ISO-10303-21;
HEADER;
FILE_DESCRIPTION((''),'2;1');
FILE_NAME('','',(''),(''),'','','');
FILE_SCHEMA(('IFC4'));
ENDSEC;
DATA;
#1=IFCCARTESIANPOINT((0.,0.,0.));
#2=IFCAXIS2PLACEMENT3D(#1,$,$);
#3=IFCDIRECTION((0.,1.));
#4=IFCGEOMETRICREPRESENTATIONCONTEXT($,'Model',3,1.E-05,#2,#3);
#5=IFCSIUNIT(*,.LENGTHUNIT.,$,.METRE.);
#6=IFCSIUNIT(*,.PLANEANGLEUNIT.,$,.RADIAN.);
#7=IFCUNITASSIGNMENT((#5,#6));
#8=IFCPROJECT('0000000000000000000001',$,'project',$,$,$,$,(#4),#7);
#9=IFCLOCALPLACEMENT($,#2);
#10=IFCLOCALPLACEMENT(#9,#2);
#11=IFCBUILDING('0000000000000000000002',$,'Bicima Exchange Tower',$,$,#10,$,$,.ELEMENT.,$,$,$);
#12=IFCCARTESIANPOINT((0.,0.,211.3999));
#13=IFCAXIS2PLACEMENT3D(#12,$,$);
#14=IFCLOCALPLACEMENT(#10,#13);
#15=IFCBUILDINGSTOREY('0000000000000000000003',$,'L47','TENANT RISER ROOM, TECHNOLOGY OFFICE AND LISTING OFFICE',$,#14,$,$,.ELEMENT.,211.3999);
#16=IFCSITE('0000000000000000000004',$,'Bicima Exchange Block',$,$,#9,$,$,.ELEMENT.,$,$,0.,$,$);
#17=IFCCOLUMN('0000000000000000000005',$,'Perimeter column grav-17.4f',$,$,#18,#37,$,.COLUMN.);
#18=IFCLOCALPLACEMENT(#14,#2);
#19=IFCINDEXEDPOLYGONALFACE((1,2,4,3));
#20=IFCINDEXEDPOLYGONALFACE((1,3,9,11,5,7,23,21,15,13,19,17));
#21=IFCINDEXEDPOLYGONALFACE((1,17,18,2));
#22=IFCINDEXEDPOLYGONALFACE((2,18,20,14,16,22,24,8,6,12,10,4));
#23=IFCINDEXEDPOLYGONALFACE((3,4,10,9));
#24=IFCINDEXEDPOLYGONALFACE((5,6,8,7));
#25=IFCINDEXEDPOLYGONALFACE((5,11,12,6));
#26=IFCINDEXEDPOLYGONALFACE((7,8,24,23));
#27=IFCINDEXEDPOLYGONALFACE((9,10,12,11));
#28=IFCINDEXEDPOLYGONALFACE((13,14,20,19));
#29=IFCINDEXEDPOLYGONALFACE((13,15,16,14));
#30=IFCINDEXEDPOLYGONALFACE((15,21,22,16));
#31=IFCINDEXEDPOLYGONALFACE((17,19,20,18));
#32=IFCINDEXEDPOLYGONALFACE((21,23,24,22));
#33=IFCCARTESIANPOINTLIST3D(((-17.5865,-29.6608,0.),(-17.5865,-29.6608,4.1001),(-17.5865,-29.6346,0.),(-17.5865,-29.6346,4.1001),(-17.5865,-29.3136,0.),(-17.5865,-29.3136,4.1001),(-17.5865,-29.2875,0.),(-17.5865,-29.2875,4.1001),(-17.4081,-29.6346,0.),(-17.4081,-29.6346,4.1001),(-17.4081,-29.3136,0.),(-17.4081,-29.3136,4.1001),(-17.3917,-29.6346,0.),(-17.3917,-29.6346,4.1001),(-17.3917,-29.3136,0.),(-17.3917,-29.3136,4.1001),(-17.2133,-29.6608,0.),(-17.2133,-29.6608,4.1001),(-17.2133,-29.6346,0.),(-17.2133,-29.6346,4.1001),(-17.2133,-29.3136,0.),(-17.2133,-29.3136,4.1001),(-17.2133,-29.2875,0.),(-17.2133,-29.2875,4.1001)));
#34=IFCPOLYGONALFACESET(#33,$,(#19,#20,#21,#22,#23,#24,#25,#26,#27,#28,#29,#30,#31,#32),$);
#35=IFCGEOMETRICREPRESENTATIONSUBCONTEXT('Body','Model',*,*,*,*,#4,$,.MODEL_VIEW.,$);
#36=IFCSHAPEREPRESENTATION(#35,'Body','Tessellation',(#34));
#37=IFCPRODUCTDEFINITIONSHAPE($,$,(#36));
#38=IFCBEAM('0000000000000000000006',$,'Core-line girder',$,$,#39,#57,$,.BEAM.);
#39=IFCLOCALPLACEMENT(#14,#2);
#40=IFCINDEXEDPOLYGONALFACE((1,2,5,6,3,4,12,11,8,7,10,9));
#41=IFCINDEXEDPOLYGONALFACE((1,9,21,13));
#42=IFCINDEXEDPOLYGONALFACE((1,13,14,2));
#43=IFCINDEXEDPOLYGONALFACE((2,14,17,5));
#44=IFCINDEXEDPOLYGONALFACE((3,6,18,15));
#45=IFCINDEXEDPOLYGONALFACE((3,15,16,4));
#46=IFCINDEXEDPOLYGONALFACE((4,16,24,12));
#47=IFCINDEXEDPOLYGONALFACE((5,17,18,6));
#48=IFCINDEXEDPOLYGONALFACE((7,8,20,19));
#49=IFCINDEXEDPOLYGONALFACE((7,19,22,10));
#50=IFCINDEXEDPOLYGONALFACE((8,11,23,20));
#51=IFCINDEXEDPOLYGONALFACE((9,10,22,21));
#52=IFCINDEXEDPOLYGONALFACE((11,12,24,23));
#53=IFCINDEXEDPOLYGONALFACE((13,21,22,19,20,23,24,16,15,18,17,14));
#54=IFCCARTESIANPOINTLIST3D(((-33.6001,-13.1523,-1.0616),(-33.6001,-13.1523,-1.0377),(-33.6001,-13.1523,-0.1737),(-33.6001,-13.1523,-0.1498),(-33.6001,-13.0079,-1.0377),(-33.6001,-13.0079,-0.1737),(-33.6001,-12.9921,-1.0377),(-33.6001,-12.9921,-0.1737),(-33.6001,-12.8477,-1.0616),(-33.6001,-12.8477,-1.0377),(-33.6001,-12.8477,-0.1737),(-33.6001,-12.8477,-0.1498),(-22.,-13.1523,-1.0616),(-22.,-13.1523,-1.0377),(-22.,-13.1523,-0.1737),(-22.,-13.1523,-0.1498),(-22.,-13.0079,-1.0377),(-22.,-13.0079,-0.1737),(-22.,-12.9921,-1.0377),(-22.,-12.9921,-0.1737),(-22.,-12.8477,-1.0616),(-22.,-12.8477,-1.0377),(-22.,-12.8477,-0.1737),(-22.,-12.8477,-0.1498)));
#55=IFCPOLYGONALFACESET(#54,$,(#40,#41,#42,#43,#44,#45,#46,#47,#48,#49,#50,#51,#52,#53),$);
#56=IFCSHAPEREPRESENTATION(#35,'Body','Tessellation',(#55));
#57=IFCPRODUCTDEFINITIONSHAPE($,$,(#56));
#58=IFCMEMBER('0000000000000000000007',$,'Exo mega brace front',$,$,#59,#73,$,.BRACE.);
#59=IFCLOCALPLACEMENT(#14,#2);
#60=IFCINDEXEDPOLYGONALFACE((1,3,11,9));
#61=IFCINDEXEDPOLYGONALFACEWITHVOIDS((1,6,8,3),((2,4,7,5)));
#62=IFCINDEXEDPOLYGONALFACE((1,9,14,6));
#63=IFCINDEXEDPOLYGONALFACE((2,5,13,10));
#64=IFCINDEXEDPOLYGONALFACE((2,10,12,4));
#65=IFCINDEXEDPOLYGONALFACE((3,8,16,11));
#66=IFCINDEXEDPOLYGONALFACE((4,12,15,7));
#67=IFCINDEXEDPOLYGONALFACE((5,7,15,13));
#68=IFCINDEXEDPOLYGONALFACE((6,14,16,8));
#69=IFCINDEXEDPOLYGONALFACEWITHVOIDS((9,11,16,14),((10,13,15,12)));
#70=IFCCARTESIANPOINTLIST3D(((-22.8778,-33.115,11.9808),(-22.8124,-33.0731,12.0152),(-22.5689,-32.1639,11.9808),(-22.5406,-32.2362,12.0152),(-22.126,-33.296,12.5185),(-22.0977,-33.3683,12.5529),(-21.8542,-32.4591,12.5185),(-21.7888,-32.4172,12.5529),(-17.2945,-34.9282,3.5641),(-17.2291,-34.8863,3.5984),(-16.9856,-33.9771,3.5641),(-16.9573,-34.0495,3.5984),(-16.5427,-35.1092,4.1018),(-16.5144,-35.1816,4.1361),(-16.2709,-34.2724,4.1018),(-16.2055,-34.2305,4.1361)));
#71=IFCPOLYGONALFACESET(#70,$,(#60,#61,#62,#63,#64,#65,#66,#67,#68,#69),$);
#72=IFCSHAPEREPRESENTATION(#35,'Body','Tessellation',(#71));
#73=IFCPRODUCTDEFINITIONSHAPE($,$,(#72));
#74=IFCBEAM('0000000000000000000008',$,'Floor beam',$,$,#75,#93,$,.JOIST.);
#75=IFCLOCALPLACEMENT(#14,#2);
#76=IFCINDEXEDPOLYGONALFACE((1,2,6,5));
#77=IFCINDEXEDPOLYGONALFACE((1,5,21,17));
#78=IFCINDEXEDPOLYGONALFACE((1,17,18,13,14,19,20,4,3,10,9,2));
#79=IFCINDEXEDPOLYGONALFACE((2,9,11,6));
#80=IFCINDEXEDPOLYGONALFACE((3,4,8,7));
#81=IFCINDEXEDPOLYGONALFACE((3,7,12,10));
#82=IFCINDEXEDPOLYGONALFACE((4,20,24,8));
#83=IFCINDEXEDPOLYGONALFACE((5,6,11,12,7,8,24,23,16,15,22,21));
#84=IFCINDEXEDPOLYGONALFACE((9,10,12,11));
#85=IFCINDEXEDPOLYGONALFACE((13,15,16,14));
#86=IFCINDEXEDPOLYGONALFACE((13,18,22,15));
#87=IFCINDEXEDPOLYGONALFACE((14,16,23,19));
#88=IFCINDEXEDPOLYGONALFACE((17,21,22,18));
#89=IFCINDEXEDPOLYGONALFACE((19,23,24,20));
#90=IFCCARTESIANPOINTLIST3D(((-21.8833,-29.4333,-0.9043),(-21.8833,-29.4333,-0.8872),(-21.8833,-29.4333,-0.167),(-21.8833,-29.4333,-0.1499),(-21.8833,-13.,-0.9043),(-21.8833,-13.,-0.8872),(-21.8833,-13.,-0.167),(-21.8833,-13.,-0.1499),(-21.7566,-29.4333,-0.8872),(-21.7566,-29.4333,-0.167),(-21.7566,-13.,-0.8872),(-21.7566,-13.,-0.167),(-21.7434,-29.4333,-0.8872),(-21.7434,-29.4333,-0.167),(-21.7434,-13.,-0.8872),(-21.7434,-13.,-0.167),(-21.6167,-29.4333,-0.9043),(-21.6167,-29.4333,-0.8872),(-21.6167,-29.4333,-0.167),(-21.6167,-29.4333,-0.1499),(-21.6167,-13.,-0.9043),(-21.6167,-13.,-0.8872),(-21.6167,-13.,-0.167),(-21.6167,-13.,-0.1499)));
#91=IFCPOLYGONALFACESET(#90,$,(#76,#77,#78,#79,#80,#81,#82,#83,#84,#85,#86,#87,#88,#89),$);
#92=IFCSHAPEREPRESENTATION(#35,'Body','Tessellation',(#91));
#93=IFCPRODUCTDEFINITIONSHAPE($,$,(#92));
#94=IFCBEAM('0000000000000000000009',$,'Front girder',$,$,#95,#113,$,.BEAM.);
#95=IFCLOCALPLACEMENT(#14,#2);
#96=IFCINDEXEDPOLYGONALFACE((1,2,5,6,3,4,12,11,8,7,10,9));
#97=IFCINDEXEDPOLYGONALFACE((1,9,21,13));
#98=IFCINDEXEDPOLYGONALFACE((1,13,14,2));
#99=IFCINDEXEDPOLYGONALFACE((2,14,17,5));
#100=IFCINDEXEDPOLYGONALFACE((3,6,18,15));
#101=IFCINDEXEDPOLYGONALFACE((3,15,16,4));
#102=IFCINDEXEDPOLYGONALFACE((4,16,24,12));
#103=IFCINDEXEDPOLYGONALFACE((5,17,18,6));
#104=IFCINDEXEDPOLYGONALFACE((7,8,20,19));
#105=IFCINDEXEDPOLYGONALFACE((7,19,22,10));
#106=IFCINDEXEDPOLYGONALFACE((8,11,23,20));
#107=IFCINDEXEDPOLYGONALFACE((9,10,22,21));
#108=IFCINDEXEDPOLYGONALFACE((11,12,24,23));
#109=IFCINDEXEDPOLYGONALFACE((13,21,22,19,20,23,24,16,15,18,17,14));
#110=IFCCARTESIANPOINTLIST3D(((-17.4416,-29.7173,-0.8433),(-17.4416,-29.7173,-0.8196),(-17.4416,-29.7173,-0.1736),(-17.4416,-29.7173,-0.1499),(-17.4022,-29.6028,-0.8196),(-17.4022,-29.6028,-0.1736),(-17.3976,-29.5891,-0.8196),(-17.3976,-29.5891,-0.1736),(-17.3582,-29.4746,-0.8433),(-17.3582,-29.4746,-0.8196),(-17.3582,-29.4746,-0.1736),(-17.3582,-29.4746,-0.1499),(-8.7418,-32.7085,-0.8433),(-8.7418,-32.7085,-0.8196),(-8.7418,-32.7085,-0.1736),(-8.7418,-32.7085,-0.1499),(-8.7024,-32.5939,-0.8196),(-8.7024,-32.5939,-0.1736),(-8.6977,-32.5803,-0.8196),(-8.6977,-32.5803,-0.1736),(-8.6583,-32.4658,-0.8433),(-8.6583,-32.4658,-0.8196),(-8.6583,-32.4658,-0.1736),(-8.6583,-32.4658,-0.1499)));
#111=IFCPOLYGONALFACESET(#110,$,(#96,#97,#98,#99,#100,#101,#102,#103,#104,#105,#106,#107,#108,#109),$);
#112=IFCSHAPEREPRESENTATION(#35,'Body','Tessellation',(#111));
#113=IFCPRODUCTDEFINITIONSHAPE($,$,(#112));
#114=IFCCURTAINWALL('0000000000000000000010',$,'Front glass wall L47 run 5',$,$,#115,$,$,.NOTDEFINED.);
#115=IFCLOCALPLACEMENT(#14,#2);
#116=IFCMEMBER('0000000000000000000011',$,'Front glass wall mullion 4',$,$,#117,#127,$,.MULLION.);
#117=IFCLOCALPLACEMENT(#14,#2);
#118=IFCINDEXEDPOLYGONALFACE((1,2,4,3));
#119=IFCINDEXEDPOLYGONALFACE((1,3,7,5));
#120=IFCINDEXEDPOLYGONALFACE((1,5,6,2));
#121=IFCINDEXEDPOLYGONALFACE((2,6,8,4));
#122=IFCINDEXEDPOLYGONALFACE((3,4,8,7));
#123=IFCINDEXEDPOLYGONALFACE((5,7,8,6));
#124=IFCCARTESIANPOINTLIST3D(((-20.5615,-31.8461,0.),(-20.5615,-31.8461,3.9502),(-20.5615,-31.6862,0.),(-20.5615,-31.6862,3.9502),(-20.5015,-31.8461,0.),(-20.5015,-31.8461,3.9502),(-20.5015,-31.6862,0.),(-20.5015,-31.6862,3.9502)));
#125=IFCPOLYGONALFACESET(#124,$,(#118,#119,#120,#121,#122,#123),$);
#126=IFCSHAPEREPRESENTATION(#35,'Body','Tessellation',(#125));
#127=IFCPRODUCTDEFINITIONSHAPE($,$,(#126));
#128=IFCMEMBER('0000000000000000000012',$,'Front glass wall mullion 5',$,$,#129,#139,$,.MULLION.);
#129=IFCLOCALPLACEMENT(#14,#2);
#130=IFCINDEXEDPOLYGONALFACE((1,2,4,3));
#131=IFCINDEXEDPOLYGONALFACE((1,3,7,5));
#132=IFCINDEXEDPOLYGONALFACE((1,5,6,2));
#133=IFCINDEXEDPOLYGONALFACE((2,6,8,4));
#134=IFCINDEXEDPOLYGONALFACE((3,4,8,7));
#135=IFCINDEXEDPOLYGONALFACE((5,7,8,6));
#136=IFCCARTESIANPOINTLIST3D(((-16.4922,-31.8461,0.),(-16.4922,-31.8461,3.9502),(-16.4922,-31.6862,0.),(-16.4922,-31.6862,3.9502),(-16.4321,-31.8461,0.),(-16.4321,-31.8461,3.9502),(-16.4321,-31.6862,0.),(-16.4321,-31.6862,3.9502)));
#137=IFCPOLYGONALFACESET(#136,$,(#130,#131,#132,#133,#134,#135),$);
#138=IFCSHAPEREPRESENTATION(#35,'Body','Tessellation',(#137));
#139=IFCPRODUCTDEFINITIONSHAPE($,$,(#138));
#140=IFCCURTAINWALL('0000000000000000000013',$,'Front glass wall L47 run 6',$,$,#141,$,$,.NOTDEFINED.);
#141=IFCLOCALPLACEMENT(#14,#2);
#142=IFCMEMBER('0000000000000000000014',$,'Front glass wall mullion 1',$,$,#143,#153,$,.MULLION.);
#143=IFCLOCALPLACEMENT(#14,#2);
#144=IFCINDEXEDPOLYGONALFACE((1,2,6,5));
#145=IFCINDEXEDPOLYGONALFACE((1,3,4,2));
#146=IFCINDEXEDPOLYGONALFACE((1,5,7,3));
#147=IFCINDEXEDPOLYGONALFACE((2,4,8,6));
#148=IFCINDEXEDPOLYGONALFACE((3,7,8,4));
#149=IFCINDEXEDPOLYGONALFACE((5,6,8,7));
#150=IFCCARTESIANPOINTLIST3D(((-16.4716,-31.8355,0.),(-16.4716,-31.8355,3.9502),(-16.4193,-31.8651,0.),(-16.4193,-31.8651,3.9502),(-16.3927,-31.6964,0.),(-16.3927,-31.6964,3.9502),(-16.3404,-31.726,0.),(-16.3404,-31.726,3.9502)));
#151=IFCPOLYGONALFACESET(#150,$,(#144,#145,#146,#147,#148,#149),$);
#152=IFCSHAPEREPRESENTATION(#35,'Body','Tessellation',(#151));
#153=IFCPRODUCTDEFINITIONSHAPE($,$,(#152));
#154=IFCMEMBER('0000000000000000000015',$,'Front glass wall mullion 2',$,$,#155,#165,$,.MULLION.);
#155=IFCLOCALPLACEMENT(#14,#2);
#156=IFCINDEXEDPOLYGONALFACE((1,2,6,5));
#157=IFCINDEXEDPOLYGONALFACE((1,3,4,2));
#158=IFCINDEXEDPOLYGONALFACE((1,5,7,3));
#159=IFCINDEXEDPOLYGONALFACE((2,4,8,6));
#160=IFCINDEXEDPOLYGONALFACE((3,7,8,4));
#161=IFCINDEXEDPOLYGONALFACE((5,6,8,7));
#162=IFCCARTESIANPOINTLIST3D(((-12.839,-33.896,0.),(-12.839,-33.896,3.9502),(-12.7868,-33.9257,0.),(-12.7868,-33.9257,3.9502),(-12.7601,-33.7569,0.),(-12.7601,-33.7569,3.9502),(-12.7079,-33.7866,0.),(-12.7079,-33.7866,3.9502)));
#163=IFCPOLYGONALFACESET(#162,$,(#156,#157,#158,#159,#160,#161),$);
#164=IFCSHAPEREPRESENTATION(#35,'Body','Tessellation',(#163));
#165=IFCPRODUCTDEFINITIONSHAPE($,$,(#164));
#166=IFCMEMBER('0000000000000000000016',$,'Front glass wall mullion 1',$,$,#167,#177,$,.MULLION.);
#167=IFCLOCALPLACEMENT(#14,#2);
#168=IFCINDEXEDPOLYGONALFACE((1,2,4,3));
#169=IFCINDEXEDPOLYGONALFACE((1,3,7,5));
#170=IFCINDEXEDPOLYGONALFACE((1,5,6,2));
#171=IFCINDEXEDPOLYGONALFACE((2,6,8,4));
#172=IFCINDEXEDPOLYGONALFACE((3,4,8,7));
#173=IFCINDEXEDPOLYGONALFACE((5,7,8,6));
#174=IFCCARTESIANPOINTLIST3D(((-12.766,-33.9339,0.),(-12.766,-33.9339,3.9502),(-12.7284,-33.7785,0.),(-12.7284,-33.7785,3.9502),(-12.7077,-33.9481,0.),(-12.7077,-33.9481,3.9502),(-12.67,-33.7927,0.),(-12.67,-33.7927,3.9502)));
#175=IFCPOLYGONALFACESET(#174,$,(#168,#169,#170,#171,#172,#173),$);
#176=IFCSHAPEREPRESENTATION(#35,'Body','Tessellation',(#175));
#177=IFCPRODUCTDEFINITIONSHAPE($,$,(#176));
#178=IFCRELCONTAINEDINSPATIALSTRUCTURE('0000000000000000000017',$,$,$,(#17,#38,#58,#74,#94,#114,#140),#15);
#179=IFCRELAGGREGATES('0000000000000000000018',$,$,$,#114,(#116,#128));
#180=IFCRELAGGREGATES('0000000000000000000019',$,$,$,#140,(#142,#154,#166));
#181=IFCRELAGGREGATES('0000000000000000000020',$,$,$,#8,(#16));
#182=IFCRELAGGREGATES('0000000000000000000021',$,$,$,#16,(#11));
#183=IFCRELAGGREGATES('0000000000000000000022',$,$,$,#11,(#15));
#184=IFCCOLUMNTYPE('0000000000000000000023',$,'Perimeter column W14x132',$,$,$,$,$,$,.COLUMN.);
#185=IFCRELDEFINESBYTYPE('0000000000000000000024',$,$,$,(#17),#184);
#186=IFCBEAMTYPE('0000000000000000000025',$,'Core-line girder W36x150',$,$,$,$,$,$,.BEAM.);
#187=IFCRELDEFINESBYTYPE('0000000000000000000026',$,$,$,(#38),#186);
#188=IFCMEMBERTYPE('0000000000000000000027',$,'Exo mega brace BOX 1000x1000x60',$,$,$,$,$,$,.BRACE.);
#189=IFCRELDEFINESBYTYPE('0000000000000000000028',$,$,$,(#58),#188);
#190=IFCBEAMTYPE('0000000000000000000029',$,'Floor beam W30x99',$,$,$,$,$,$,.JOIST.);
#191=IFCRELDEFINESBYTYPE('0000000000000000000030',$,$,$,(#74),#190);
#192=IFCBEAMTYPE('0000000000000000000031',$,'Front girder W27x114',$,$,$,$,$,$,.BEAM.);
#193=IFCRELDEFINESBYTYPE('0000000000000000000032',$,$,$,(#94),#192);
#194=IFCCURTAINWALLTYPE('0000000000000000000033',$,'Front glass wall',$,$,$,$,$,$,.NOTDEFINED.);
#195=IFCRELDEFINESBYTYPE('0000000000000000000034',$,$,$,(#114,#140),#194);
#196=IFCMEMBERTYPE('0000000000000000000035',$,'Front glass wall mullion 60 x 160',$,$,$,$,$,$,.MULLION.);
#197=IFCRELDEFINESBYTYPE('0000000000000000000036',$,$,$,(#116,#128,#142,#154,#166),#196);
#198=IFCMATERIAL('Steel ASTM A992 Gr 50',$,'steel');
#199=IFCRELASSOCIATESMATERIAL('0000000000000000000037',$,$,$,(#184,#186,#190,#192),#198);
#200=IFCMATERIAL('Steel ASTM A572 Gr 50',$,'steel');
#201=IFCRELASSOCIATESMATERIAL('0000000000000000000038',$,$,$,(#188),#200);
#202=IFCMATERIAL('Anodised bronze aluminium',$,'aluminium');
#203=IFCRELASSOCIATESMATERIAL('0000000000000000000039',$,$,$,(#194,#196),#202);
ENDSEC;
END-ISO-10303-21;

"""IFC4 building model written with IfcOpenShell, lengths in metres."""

from ifc_helpers import new_model, si_unit, direction, frame, origin, origin_2d, place, context, subcontext, project, spatial, rectangle, hollow_rectangle, i_section, extrude, material, material_profile, profile_set, type_object, element, aggregate, save


model = new_model("IFC4")

# Units and contexts
model_context = context("Model", 3, precision=1e-05, world=origin(), true_north=direction((0.0, 1.0)))
body_context = subcontext(model_context, "Body", "Model", "MODEL_VIEW")
ifc_project = project(units=[si_unit("LENGTHUNIT", "METRE"), si_unit("PLANEANGLEUNIT", "RADIAN")], contexts=[model_context])

# Site, building, storey
site_placement = place(None, origin())
site = spatial("IfcSite", under=ifc_project, at=site_placement, Name="Bicima Exchange Block", CompositionType="ELEMENT", RefElevation=0.0)
building_placement = place(site_placement, origin())
building = spatial("IfcBuilding", under=site, at=building_placement, Name="Bicima Exchange Tower", CompositionType="ELEMENT")
storey_placement = place(building_placement, frame((0.0, 0.0, 211.3999)))
storey = spatial("IfcBuildingStorey", under=building, at=storey_placement, Name="L47", Description="TENANT RISER ROOM, TECHNOLOGY OFFICE AND LISTING OFFICE", CompositionType="ELEMENT", Elevation=211.3999)

# Column
ifc_material_1 = material(Name="Steel ASTM A992 Gr 50", Category="steel")
ifc_material_profile_1 = material_profile(ifc_material_1, i_section(OverallWidth=0.3733, OverallDepth=0.3733, WebThickness=0.0164, FlangeThickness=0.0261, at=origin_2d()))
ifc_profile_set_1 = profile_set([ifc_material_profile_1], Name="Steel ASTM A992 Gr 50")
column_type = type_object("IfcColumnType", Name="Perimeter column W14x132", PredefinedType="COLUMN", material=ifc_profile_set_1)
column_placement = place(storey_placement, frame((-17.3999, -29.4741, 0.0), z_axis=(0.0, 0.0, 1.0), x_axis=(1.0, 0.0, 0.0)))
element("IfcColumn", 1, at=column_placement, inside=storey, type_object=column_type, Name="Perimeter column grav-17.4f", PredefinedType="COLUMN", context=body_context, shape_type="SweptSolid", body=[
    extrude(i_section(OverallWidth=0.3733, OverallDepth=0.3733, WebThickness=0.0164, FlangeThickness=0.0261, at=origin_2d()), origin(), (0.0, 0.0, 1.0), 4.1001),
])

# Beam
ifc_material_profile_2 = material_profile(ifc_material_1, i_section(OverallWidth=0.3047, OverallDepth=0.9119, WebThickness=0.0159, FlangeThickness=0.0239, at=origin_2d()))
ifc_profile_set_2 = profile_set([ifc_material_profile_2], Name="Steel ASTM A992 Gr 50")
beam_type_1 = type_object("IfcBeamType", Name="Core-line girder W36x150", PredefinedType="BEAM", material=ifc_profile_set_2)
beam_1_placement = place(storey_placement, frame((-22.0, -13.0, -0.6057), z_axis=(-1.0, 0.0, 0.0), x_axis=(0.0, -1.0, 0.0)))
element("IfcBeam", 2, at=beam_1_placement, inside=storey, type_object=beam_type_1, Name="Core-line girder", PredefinedType="BEAM", context=body_context, shape_type="SweptSolid", body=[
    extrude(i_section(OverallWidth=0.3047, OverallDepth=0.9119, WebThickness=0.0159, FlangeThickness=0.0239, at=origin_2d()), origin(), (0.0, 0.0, 1.0), 11.6001),
])

# Member
ifc_material_2 = material(Name="Steel ASTM A572 Gr 50", Category="steel")
ifc_material_profile_3 = material_profile(ifc_material_2, hollow_rectangle(XDim=1.0, YDim=1.0, WallThickness=0.0601, at=origin_2d()))
ifc_profile_set_3 = profile_set([ifc_material_profile_3], Name="Steel ASTM A572 Gr 50")
member_type_1 = type_object("IfcMemberType", Name="Exo mega brace BOX 1000x1000x60", PredefinedType="BRACE", material=ifc_profile_set_3)
member_1_placement = place(storey_placement, frame((-16.75, -34.5793, 3.8501), z_axis=(-0.544087, 0.176699, 0.820211), x_axis=(-0.308882, -0.9511, 0.0)))
element("IfcMember", 3, at=member_1_placement, inside=storey, type_object=member_type_1, Name="Exo mega brace front", PredefinedType="BRACE", context=body_context, shape_type="SweptSolid", body=[
    extrude(hollow_rectangle(XDim=1.0, YDim=1.0, WallThickness=0.0601, at=origin_2d()), origin(), (0.0, 0.0, 1.0), 10.2617),
])

# Beams
ifc_material_profile_4 = material_profile(ifc_material_1, i_section(OverallWidth=0.2666, OverallDepth=0.7544, WebThickness=0.0132, FlangeThickness=0.0171, at=origin_2d()))
ifc_profile_set_4 = profile_set([ifc_material_profile_4], Name="Steel ASTM A992 Gr 50")
beam_type_2 = type_object("IfcBeamType", Name="Floor beam W30x99", PredefinedType="JOIST", material=ifc_profile_set_4)
beam_2_placement = place(storey_placement, frame((-21.75, -13.0, -0.5271), z_axis=(0.0, -1.0, 0.0), x_axis=(1.0, 0.0, 0.0)))
element("IfcBeam", 4, at=beam_2_placement, inside=storey, type_object=beam_type_2, Name="Floor beam", PredefinedType="JOIST", context=body_context, shape_type="SweptSolid", body=[
    extrude(i_section(OverallWidth=0.2666, OverallDepth=0.7544, WebThickness=0.0132, FlangeThickness=0.0171, at=origin_2d()), origin(), (0.0, 0.0, 1.0), 16.4333),
])
ifc_material_profile_5 = material_profile(ifc_material_1, i_section(OverallWidth=0.2566, OverallDepth=0.6934, WebThickness=0.0144, FlangeThickness=0.0237, at=origin_2d()))
ifc_profile_set_5 = profile_set([ifc_material_profile_5], Name="Steel ASTM A992 Gr 50")
beam_type_3 = type_object("IfcBeamType", Name="Front girder W27x114", PredefinedType="BEAM", material=ifc_profile_set_5)
beam_3_placement = place(storey_placement, frame((-17.3999, -29.5959, -0.4966), z_axis=(0.945666, -0.325138, 0.0), x_axis=(0.325138, 0.945666, 0.0)))
element("IfcBeam", 5, at=beam_3_placement, inside=storey, type_object=beam_type_3, Name="Front girder", PredefinedType="BEAM", context=body_context, shape_type="SweptSolid", body=[
    extrude(i_section(OverallWidth=0.2566, OverallDepth=0.6934, WebThickness=0.0144, FlangeThickness=0.0237, at=origin_2d()), origin(), (0.0, 0.0, 1.0), 9.1997),
])

# Curtain walls, members
ifc_material_3 = material(Name="Anodised bronze aluminium", Category="aluminium")
curtain_wall_type = type_object("IfcCurtainWallType", Name="Front glass wall", PredefinedType="NOTDEFINED", material=ifc_material_3)
curtain_wall_1_placement = place(storey_placement, origin())
curtain_wall_1 = element("IfcCurtainWall", 6, at=curtain_wall_1_placement, inside=storey, type_object=curtain_wall_type, Name="Front glass wall L47 run 5", PredefinedType="NOTDEFINED")
ifc_material_profile_6 = material_profile(ifc_material_3, rectangle(XDim=0.1599, YDim=0.0601, at=origin_2d()))
ifc_profile_set_6 = profile_set([ifc_material_profile_6], Name="Anodised bronze aluminium")
member_type_2 = type_object("IfcMemberType", Name="Front glass wall mullion 60 x 160", PredefinedType="MULLION", material=ifc_profile_set_6)
member_2_placement = place(storey_placement, frame((-20.5315, -31.7661, 0.0), z_axis=(0.0, 0.0, 1.0), x_axis=(0.0, 1.0, 0.0)))
member_2 = element("IfcMember", 7, at=member_2_placement, type_object=member_type_2, Name="Front glass wall mullion 4", PredefinedType="MULLION", context=body_context, shape_type="SweptSolid", body=[
    extrude(rectangle(XDim=0.1599, YDim=0.0601, at=origin_2d()), origin(), (0.0, 0.0, 1.0), 3.9502),
])
member_3_placement = place(storey_placement, frame((-16.4622, -31.7661, 0.0), z_axis=(0.0, 0.0, 1.0), x_axis=(0.0, 1.0, 0.0)))
member_3 = element("IfcMember", 8, at=member_3_placement, type_object=member_type_2, Name="Front glass wall mullion 5", PredefinedType="MULLION", context=body_context, shape_type="SweptSolid", body=[
    extrude(rectangle(XDim=0.1599, YDim=0.0601, at=origin_2d()), origin(), (0.0, 0.0, 1.0), 3.9502),
])
curtain_wall_2_placement = place(storey_placement, origin())
curtain_wall_2 = element("IfcCurtainWall", 9, at=curtain_wall_2_placement, inside=storey, type_object=curtain_wall_type, Name="Front glass wall L47 run 6", PredefinedType="NOTDEFINED")
member_4_placement = place(storey_placement, frame((-16.406, -31.7808, 0.0), z_axis=(0.0, 0.0, 1.0), x_axis=(0.493395, 0.869805, 0.0)))
member_4 = element("IfcMember", 10, at=member_4_placement, type_object=member_type_2, Name="Front glass wall mullion 1", PredefinedType="MULLION", context=body_context, shape_type="SweptSolid", body=[
    extrude(rectangle(XDim=0.1599, YDim=0.0601, at=origin_2d()), origin(), (0.0, 0.0, 1.0), 3.9502),
])
member_5_placement = place(storey_placement, frame((-12.7734, -33.8413, 0.0), z_axis=(0.0, 0.0, 1.0), x_axis=(0.493395, 0.869805, 0.0)))
member_5 = element("IfcMember", 11, at=member_5_placement, type_object=member_type_2, Name="Front glass wall mullion 2", PredefinedType="MULLION", context=body_context, shape_type="SweptSolid", body=[
    extrude(rectangle(XDim=0.1599, YDim=0.0601, at=origin_2d()), origin(), (0.0, 0.0, 1.0), 3.9502),
])
member_6_placement = place(storey_placement, frame((-12.718, -33.8633, 0.0), z_axis=(0.0, 0.0, 1.0), x_axis=(0.235682, 0.97183, 0.0)))
member_6 = element("IfcMember", 12, at=member_6_placement, type_object=member_type_2, Name="Front glass wall mullion 1", PredefinedType="MULLION", context=body_context, shape_type="SweptSolid", body=[
    extrude(rectangle(XDim=0.1599, YDim=0.0601, at=origin_2d()), origin(), (0.0, 0.0, 1.0), 3.9502),
])

aggregate(curtain_wall_1, [member_2, member_3])
aggregate(curtain_wall_2, [member_4, member_5, member_6])

save(model, "model.ifc")
